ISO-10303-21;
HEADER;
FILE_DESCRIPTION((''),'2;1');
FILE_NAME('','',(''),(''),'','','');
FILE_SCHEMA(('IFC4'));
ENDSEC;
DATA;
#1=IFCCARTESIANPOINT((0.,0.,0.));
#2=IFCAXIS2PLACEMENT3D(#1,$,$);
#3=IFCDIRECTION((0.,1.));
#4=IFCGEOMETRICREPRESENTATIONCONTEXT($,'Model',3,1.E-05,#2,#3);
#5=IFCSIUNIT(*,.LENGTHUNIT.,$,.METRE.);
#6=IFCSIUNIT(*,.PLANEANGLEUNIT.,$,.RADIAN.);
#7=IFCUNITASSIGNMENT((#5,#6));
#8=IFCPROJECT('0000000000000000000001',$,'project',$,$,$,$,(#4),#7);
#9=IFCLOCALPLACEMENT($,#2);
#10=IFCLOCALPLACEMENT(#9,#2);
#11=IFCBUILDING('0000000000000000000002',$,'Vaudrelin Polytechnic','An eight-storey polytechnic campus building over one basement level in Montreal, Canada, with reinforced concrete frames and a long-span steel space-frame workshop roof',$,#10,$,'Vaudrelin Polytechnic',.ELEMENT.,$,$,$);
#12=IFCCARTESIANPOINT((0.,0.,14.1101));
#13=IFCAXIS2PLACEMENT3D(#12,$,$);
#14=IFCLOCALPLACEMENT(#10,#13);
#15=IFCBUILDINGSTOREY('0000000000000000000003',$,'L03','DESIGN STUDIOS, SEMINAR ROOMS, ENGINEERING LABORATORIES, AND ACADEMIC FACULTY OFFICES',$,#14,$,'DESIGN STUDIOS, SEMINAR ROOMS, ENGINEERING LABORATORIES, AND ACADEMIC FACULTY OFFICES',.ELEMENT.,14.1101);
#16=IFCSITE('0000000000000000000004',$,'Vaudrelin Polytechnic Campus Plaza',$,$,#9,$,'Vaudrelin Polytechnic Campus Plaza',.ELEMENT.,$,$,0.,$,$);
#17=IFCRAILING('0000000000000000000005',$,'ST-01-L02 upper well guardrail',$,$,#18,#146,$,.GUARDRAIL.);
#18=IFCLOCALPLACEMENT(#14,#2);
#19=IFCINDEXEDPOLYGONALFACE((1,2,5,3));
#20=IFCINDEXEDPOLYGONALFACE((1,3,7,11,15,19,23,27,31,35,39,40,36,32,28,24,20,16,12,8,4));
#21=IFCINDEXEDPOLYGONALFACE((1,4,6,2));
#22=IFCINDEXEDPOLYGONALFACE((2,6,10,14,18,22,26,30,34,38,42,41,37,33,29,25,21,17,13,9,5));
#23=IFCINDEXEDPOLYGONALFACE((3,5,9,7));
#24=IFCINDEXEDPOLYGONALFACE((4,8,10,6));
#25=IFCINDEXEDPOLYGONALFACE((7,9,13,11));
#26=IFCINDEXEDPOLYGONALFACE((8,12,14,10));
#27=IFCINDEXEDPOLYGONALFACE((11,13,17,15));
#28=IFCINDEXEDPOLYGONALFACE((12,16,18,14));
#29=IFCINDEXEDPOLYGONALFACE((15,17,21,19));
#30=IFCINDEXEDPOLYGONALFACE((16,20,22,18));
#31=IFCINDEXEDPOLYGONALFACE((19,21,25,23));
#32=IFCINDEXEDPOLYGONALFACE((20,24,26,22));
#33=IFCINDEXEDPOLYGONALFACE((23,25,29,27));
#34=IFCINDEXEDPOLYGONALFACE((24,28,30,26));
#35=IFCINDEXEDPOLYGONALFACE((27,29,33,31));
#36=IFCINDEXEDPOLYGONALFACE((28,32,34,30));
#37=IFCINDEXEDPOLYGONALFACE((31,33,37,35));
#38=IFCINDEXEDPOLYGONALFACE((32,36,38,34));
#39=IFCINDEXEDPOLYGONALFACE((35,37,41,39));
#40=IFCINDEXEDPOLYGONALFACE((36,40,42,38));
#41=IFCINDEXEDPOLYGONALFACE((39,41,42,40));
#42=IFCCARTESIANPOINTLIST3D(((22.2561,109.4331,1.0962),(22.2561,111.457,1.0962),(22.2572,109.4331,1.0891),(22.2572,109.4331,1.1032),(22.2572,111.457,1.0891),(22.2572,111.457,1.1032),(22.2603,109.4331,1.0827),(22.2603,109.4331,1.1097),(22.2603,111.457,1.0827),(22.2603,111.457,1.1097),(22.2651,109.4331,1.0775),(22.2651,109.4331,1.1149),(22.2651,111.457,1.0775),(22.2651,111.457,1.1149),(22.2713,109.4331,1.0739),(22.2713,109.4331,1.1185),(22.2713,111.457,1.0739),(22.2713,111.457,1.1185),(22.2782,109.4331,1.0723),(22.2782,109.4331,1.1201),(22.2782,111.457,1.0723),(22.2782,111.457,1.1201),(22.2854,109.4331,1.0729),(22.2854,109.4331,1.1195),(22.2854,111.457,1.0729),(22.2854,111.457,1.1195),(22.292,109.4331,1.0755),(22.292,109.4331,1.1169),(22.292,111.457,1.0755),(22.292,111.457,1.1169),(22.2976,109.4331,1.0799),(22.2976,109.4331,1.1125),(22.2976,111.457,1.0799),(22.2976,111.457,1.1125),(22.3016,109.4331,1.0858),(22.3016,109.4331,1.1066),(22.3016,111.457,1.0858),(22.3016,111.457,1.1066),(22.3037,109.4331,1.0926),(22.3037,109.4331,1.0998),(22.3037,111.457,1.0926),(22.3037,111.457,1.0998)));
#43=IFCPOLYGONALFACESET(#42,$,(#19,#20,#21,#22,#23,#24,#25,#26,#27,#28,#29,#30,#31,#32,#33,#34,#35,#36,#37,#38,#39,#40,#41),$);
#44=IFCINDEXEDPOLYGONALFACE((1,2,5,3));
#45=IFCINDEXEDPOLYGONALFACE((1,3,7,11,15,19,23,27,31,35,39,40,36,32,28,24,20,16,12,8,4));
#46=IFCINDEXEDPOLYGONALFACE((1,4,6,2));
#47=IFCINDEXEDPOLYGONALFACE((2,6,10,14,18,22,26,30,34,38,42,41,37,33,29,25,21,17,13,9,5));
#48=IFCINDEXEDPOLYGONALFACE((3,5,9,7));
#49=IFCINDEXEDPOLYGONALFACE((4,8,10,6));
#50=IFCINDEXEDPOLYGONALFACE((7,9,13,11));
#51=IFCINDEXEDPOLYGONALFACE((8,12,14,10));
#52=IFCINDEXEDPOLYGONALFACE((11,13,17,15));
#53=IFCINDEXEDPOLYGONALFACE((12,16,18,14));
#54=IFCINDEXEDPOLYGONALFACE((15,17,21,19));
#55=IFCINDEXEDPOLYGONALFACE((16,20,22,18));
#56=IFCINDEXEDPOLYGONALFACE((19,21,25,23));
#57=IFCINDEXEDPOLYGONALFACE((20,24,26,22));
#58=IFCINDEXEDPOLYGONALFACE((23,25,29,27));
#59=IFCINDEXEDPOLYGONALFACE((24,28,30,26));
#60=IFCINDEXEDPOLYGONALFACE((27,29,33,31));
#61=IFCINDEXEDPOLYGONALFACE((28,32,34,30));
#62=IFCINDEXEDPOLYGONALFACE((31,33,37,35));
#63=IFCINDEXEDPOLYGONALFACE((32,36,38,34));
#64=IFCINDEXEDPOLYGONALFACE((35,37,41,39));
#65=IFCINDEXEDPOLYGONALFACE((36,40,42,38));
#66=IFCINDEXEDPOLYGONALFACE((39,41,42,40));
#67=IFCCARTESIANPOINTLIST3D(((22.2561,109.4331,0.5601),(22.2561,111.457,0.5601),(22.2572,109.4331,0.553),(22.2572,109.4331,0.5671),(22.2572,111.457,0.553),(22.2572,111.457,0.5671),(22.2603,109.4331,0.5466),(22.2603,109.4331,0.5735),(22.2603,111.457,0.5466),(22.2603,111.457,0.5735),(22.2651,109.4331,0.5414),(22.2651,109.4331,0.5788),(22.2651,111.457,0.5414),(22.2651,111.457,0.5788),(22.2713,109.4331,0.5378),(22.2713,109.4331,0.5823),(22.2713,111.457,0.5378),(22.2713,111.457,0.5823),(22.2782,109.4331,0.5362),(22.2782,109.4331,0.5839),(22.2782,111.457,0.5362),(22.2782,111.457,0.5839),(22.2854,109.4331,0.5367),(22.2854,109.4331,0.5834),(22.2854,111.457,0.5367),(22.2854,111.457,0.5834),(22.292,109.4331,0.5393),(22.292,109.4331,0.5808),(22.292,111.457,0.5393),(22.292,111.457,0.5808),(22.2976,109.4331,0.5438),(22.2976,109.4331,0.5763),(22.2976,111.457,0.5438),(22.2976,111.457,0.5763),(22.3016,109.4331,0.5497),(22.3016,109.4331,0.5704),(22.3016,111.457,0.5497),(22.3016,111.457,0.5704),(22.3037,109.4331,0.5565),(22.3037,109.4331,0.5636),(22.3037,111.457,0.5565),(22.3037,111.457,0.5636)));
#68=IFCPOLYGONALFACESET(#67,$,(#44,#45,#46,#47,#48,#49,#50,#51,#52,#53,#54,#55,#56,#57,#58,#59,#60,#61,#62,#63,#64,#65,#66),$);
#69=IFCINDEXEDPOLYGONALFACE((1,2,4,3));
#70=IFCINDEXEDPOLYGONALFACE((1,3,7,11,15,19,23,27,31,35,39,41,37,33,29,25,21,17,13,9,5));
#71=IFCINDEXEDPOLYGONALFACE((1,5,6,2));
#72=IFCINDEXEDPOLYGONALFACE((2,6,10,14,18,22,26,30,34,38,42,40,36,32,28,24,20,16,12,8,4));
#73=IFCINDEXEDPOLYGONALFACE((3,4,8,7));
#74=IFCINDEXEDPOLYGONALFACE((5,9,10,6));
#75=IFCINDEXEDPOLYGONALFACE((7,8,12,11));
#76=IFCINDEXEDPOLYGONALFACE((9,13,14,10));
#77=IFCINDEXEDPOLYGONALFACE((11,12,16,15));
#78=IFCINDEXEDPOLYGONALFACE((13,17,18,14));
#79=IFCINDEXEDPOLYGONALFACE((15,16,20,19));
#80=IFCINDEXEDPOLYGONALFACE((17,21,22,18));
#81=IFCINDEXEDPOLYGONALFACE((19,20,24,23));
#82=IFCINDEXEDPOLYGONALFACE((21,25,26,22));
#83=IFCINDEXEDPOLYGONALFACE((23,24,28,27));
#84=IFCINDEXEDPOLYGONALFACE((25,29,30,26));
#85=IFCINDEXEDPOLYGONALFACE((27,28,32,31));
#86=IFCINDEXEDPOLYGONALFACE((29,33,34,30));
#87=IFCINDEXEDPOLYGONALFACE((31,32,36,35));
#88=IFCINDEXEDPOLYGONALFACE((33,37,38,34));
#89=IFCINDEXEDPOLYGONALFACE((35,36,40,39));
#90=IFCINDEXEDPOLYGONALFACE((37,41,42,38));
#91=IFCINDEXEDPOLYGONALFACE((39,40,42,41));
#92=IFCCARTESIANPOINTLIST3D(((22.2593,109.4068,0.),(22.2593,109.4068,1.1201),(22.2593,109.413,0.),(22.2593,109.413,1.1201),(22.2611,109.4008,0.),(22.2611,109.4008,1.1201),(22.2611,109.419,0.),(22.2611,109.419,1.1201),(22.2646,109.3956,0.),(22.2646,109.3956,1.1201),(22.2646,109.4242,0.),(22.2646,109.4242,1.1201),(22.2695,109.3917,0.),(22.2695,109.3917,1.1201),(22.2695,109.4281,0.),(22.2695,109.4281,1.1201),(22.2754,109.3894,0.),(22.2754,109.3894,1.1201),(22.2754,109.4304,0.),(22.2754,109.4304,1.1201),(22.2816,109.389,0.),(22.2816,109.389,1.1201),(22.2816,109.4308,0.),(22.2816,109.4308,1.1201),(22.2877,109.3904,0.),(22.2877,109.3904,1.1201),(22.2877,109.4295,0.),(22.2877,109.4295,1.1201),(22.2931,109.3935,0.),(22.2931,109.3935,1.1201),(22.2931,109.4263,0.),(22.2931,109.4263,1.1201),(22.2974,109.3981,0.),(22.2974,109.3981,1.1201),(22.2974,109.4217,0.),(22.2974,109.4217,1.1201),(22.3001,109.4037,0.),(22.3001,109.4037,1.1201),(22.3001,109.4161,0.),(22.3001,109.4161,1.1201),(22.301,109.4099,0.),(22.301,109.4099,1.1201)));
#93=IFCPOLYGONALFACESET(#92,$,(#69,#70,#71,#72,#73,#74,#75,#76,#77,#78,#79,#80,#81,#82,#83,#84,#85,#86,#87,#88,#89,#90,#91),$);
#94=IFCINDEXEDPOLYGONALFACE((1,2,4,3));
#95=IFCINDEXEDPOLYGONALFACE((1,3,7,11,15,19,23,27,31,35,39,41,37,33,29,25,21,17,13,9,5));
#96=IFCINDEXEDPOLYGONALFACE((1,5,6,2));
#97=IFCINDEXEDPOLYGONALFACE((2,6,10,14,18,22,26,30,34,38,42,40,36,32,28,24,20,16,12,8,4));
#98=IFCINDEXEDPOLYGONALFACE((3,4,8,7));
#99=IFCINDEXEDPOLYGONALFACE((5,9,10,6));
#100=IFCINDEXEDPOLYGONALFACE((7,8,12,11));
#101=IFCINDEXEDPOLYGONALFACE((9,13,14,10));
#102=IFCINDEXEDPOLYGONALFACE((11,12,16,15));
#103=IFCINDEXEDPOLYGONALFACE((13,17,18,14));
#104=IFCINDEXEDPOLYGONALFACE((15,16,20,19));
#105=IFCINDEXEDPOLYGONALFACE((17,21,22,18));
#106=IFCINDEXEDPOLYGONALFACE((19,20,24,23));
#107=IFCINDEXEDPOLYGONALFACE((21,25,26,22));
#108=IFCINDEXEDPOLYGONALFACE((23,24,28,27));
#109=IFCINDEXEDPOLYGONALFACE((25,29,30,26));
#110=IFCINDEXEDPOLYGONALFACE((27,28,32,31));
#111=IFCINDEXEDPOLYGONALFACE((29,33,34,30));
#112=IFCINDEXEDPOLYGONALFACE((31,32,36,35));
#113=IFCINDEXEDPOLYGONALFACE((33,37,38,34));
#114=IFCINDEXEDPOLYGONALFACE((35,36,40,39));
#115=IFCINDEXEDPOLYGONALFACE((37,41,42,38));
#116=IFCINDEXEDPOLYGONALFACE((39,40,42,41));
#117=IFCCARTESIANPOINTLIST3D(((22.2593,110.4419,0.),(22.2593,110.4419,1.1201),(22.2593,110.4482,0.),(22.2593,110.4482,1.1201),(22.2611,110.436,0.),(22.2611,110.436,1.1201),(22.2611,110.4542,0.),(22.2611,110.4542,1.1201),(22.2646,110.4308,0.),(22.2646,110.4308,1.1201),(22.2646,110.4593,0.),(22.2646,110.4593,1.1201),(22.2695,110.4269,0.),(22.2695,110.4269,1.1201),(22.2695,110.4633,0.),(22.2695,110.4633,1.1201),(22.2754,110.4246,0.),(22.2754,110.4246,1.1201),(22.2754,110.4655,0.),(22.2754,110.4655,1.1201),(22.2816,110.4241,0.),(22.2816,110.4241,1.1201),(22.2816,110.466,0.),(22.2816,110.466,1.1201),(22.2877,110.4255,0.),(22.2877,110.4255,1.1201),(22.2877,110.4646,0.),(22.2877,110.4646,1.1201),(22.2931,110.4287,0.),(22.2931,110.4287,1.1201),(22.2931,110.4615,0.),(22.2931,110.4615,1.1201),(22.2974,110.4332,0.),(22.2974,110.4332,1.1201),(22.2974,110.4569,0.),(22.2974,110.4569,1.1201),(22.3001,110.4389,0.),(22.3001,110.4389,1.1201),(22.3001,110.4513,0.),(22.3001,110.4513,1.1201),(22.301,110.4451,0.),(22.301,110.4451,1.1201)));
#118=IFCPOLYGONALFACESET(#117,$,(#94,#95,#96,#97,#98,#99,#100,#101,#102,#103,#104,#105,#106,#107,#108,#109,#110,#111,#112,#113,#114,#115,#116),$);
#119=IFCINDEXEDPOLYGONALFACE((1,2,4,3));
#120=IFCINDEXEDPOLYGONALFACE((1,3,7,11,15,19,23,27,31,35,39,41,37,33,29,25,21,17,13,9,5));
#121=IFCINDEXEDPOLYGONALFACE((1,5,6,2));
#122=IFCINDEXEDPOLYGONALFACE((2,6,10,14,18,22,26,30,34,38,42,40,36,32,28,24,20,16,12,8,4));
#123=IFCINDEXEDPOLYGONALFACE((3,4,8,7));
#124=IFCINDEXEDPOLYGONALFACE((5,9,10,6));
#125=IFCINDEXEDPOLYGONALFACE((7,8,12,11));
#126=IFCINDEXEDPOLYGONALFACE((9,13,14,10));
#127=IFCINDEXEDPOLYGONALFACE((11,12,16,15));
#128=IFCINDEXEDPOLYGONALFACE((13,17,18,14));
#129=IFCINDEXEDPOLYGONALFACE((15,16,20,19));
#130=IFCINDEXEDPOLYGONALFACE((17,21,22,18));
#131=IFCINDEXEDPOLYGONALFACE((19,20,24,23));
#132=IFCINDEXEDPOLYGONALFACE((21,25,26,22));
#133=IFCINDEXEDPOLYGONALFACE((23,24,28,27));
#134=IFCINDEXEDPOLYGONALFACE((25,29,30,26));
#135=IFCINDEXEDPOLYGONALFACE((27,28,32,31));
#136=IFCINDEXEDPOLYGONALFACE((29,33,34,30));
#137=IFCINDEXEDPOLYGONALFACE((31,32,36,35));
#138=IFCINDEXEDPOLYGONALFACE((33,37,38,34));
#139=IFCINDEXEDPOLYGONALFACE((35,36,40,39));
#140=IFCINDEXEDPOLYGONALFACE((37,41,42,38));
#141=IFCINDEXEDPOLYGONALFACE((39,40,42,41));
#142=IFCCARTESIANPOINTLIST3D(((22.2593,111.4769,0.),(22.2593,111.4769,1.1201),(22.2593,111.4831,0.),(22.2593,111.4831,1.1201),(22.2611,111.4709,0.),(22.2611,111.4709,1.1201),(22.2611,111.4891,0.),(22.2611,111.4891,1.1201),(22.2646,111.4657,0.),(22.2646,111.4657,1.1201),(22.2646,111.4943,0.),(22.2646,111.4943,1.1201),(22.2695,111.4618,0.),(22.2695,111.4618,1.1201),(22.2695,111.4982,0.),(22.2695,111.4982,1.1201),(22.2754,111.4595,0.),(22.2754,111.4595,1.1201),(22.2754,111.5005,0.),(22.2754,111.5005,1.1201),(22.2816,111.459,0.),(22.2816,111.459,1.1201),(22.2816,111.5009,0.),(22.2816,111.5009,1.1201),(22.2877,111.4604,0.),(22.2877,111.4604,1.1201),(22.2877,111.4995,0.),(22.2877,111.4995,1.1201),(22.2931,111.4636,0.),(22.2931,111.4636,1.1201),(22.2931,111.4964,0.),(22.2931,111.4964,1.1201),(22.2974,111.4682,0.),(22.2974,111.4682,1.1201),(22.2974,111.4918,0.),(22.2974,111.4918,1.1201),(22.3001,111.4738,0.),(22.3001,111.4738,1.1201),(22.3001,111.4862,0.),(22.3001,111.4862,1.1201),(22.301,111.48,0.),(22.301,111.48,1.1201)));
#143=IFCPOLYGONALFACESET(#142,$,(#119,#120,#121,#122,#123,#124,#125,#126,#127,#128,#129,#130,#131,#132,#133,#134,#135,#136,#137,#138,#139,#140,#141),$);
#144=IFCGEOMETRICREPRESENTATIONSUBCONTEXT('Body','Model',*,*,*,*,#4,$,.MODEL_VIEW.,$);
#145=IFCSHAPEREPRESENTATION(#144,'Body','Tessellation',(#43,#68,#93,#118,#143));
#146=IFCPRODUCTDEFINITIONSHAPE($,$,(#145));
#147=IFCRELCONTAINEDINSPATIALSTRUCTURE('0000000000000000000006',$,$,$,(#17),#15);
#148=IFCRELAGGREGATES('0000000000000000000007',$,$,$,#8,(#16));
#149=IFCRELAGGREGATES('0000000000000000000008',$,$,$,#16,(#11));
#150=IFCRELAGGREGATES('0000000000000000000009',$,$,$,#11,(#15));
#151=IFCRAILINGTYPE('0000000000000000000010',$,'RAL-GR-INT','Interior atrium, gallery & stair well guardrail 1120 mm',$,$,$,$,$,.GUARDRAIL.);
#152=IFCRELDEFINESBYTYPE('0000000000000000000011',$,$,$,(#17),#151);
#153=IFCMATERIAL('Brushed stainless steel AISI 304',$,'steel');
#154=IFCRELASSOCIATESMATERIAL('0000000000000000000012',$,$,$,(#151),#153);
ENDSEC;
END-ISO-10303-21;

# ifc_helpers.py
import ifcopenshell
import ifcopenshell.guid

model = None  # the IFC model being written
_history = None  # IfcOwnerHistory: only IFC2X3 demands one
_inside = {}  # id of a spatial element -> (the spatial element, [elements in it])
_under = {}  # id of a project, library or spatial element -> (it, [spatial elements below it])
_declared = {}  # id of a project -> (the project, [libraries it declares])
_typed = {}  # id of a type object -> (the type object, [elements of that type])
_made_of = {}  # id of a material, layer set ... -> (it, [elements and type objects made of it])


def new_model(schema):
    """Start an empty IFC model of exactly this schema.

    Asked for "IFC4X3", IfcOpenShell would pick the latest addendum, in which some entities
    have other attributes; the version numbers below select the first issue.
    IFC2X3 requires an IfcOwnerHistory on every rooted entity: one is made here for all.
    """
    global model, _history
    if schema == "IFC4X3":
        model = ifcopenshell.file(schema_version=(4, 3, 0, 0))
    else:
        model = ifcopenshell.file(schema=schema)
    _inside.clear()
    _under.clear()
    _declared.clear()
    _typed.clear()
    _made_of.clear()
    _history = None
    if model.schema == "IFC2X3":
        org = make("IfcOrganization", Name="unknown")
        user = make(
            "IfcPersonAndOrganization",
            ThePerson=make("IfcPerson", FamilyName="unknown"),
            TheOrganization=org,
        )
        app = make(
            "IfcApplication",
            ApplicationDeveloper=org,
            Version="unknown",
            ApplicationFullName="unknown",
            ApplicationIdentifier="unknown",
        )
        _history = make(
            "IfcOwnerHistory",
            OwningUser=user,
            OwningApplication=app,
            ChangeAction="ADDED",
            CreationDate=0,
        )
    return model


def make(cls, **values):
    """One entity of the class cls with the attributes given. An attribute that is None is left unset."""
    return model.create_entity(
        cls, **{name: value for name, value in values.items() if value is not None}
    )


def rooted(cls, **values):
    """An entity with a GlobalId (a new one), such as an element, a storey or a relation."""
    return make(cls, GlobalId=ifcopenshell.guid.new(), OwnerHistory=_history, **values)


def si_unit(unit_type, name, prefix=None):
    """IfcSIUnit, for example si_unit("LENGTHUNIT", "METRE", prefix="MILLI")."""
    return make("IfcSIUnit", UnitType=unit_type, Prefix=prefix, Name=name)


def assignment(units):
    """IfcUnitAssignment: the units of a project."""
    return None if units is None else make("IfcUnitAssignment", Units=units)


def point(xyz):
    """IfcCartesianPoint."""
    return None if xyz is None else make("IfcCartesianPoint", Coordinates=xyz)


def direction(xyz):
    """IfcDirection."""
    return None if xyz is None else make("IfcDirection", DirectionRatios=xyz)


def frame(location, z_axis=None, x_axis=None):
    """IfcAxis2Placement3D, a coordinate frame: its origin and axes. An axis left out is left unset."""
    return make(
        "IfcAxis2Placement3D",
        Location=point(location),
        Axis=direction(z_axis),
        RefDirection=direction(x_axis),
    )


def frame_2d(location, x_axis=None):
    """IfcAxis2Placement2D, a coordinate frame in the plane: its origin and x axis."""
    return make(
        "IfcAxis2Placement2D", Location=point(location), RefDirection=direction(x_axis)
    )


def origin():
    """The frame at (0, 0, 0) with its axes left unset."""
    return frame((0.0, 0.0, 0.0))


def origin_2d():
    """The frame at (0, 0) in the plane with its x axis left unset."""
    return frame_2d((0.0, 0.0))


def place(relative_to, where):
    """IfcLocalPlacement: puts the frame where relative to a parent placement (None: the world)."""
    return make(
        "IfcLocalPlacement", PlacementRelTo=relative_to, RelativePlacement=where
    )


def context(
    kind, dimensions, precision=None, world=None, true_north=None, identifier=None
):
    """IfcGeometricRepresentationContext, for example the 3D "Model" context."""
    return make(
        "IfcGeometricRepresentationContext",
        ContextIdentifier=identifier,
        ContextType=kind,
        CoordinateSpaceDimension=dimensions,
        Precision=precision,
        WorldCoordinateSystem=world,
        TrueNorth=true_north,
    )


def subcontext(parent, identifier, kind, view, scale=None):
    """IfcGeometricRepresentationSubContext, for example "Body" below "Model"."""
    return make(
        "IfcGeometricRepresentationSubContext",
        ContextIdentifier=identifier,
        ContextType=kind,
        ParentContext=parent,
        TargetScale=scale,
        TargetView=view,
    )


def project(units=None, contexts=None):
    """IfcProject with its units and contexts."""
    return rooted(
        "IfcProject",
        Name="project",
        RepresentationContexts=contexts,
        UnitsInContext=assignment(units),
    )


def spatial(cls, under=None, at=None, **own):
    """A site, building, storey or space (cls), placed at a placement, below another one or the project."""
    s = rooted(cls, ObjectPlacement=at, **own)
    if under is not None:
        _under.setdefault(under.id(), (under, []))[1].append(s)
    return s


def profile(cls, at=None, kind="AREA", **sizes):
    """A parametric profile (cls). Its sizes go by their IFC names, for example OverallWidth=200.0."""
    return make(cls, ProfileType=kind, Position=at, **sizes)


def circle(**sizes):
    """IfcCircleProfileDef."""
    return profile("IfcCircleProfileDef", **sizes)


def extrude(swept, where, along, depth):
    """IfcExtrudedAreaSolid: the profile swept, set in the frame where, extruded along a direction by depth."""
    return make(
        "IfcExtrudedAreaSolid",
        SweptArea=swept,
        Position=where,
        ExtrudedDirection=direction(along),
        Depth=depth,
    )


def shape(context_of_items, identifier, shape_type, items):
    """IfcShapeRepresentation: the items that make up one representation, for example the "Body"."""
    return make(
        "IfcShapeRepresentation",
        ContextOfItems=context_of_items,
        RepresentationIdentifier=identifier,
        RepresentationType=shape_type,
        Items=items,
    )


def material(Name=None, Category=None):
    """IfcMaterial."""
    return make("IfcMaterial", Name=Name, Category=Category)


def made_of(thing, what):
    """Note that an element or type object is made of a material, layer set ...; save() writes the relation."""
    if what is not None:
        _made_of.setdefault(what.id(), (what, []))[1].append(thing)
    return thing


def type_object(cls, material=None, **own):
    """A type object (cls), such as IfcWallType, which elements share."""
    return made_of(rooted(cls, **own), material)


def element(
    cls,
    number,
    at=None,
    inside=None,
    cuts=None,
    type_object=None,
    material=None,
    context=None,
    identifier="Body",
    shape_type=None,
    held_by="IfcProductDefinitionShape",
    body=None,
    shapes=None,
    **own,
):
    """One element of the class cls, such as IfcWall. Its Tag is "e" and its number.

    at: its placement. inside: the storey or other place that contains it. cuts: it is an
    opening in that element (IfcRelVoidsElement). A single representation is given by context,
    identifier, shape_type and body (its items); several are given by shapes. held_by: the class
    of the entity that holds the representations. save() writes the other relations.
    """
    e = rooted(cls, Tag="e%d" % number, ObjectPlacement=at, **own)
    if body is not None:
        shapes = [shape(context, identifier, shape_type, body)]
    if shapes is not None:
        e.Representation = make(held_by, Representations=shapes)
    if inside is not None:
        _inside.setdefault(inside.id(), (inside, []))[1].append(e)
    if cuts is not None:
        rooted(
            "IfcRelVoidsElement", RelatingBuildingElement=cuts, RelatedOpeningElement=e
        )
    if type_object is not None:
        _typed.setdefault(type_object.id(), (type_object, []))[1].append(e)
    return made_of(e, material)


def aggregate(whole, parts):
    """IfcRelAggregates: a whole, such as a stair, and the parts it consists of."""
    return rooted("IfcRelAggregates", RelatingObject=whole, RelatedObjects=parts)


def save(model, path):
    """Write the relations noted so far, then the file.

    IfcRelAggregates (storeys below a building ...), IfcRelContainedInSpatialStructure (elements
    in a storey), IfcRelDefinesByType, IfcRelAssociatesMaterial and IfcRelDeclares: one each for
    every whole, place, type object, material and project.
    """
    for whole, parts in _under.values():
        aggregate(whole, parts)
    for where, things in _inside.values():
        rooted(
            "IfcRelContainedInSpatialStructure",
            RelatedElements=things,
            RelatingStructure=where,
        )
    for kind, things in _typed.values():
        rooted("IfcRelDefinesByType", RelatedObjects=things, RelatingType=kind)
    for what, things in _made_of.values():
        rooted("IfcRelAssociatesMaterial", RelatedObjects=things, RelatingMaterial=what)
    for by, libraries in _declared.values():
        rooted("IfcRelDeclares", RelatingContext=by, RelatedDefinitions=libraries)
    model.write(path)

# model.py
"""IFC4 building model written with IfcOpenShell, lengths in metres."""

from ifc_helpers import new_model, si_unit, direction, frame, origin, origin_2d, place, context, subcontext, project, spatial, circle, extrude, material, type_object, element, save


model = new_model("IFC4")

# Units and contexts
model_context = context("Model", 3, precision=1e-05, world=origin(), true_north=direction((0.0, 1.0)))
body_context = subcontext(model_context, "Body", "Model", "MODEL_VIEW")
ifc_project = project(units=[si_unit("LENGTHUNIT", "METRE"), si_unit("PLANEANGLEUNIT", "RADIAN")], contexts=[model_context])

# Site, building, storey
site_placement = place(None, origin())
site = spatial("IfcSite", under=ifc_project, at=site_placement, Name="Vaudrelin Polytechnic Campus Plaza", LongName="Vaudrelin Polytechnic Campus Plaza", CompositionType="ELEMENT", RefElevation=0.0)
building_placement = place(site_placement, origin())
building = spatial("IfcBuilding", under=site, at=building_placement, Name="Vaudrelin Polytechnic", Description="An eight-storey polytechnic campus building over one basement level in Montreal, Canada, with reinforced concrete frames and a long-span steel space-frame workshop roof", LongName="Vaudrelin Polytechnic", CompositionType="ELEMENT")
storey_placement = place(building_placement, frame((0.0, 0.0, 14.1101)))
storey = spatial("IfcBuildingStorey", under=building, at=storey_placement, Name="L03", Description="DESIGN STUDIOS, SEMINAR ROOMS, ENGINEERING LABORATORIES, AND ACADEMIC FACULTY OFFICES", LongName="DESIGN STUDIOS, SEMINAR ROOMS, ENGINEERING LABORATORIES, AND ACADEMIC FACULTY OFFICES", CompositionType="ELEMENT", Elevation=14.1101)

# Shared definitions
ifc_material_1 = material(Name="Brushed stainless steel AISI 304", Category="steel")

# Railing
railing_type_1 = type_object("IfcRailingType", Name="RAL-GR-INT", Description="Interior atrium, gallery & stair well guardrail 1120 mm", PredefinedType="GUARDRAIL", material=ifc_material_1)
railing_1_placement = place(storey_placement, frame((22.28, 109.4099, 0.0)))
element("IfcRailing", 1, at=railing_1_placement, inside=storey, type_object=railing_type_1, Name="ST-01-L02 upper well guardrail", PredefinedType="GUARDRAIL", context=body_context, shape_type="SweptSolid", body=[
    extrude(circle(Radius=0.0239, at=origin_2d()), frame((0.0, 0.0232, 1.0962), z_axis=(0.0, 1.0, 0.0), x_axis=(-1.0, 0.0, 0.0)), (0.0, 0.0, 1.0), 2.0239),
    extrude(circle(Radius=0.0239, at=origin_2d()), frame((0.0, 0.0232, 0.5601), z_axis=(0.0, 1.0, 0.0), x_axis=(-1.0, 0.0, 0.0)), (0.0, 0.0, 1.0), 2.0239),
    extrude(circle(Radius=0.021, at=origin_2d()), origin(), (0.0, 0.0, 1.0), 1.1201),
    extrude(circle(Radius=0.021, at=origin_2d()), frame((0.0, 1.0352, 0.0)), (0.0, 0.0, 1.0), 1.1201),
    extrude(circle(Radius=0.021, at=origin_2d()), frame((0.0, 2.0701, 0.0)), (0.0, 0.0, 1.0), 1.1201),
])

save(model, "model.ifc")
